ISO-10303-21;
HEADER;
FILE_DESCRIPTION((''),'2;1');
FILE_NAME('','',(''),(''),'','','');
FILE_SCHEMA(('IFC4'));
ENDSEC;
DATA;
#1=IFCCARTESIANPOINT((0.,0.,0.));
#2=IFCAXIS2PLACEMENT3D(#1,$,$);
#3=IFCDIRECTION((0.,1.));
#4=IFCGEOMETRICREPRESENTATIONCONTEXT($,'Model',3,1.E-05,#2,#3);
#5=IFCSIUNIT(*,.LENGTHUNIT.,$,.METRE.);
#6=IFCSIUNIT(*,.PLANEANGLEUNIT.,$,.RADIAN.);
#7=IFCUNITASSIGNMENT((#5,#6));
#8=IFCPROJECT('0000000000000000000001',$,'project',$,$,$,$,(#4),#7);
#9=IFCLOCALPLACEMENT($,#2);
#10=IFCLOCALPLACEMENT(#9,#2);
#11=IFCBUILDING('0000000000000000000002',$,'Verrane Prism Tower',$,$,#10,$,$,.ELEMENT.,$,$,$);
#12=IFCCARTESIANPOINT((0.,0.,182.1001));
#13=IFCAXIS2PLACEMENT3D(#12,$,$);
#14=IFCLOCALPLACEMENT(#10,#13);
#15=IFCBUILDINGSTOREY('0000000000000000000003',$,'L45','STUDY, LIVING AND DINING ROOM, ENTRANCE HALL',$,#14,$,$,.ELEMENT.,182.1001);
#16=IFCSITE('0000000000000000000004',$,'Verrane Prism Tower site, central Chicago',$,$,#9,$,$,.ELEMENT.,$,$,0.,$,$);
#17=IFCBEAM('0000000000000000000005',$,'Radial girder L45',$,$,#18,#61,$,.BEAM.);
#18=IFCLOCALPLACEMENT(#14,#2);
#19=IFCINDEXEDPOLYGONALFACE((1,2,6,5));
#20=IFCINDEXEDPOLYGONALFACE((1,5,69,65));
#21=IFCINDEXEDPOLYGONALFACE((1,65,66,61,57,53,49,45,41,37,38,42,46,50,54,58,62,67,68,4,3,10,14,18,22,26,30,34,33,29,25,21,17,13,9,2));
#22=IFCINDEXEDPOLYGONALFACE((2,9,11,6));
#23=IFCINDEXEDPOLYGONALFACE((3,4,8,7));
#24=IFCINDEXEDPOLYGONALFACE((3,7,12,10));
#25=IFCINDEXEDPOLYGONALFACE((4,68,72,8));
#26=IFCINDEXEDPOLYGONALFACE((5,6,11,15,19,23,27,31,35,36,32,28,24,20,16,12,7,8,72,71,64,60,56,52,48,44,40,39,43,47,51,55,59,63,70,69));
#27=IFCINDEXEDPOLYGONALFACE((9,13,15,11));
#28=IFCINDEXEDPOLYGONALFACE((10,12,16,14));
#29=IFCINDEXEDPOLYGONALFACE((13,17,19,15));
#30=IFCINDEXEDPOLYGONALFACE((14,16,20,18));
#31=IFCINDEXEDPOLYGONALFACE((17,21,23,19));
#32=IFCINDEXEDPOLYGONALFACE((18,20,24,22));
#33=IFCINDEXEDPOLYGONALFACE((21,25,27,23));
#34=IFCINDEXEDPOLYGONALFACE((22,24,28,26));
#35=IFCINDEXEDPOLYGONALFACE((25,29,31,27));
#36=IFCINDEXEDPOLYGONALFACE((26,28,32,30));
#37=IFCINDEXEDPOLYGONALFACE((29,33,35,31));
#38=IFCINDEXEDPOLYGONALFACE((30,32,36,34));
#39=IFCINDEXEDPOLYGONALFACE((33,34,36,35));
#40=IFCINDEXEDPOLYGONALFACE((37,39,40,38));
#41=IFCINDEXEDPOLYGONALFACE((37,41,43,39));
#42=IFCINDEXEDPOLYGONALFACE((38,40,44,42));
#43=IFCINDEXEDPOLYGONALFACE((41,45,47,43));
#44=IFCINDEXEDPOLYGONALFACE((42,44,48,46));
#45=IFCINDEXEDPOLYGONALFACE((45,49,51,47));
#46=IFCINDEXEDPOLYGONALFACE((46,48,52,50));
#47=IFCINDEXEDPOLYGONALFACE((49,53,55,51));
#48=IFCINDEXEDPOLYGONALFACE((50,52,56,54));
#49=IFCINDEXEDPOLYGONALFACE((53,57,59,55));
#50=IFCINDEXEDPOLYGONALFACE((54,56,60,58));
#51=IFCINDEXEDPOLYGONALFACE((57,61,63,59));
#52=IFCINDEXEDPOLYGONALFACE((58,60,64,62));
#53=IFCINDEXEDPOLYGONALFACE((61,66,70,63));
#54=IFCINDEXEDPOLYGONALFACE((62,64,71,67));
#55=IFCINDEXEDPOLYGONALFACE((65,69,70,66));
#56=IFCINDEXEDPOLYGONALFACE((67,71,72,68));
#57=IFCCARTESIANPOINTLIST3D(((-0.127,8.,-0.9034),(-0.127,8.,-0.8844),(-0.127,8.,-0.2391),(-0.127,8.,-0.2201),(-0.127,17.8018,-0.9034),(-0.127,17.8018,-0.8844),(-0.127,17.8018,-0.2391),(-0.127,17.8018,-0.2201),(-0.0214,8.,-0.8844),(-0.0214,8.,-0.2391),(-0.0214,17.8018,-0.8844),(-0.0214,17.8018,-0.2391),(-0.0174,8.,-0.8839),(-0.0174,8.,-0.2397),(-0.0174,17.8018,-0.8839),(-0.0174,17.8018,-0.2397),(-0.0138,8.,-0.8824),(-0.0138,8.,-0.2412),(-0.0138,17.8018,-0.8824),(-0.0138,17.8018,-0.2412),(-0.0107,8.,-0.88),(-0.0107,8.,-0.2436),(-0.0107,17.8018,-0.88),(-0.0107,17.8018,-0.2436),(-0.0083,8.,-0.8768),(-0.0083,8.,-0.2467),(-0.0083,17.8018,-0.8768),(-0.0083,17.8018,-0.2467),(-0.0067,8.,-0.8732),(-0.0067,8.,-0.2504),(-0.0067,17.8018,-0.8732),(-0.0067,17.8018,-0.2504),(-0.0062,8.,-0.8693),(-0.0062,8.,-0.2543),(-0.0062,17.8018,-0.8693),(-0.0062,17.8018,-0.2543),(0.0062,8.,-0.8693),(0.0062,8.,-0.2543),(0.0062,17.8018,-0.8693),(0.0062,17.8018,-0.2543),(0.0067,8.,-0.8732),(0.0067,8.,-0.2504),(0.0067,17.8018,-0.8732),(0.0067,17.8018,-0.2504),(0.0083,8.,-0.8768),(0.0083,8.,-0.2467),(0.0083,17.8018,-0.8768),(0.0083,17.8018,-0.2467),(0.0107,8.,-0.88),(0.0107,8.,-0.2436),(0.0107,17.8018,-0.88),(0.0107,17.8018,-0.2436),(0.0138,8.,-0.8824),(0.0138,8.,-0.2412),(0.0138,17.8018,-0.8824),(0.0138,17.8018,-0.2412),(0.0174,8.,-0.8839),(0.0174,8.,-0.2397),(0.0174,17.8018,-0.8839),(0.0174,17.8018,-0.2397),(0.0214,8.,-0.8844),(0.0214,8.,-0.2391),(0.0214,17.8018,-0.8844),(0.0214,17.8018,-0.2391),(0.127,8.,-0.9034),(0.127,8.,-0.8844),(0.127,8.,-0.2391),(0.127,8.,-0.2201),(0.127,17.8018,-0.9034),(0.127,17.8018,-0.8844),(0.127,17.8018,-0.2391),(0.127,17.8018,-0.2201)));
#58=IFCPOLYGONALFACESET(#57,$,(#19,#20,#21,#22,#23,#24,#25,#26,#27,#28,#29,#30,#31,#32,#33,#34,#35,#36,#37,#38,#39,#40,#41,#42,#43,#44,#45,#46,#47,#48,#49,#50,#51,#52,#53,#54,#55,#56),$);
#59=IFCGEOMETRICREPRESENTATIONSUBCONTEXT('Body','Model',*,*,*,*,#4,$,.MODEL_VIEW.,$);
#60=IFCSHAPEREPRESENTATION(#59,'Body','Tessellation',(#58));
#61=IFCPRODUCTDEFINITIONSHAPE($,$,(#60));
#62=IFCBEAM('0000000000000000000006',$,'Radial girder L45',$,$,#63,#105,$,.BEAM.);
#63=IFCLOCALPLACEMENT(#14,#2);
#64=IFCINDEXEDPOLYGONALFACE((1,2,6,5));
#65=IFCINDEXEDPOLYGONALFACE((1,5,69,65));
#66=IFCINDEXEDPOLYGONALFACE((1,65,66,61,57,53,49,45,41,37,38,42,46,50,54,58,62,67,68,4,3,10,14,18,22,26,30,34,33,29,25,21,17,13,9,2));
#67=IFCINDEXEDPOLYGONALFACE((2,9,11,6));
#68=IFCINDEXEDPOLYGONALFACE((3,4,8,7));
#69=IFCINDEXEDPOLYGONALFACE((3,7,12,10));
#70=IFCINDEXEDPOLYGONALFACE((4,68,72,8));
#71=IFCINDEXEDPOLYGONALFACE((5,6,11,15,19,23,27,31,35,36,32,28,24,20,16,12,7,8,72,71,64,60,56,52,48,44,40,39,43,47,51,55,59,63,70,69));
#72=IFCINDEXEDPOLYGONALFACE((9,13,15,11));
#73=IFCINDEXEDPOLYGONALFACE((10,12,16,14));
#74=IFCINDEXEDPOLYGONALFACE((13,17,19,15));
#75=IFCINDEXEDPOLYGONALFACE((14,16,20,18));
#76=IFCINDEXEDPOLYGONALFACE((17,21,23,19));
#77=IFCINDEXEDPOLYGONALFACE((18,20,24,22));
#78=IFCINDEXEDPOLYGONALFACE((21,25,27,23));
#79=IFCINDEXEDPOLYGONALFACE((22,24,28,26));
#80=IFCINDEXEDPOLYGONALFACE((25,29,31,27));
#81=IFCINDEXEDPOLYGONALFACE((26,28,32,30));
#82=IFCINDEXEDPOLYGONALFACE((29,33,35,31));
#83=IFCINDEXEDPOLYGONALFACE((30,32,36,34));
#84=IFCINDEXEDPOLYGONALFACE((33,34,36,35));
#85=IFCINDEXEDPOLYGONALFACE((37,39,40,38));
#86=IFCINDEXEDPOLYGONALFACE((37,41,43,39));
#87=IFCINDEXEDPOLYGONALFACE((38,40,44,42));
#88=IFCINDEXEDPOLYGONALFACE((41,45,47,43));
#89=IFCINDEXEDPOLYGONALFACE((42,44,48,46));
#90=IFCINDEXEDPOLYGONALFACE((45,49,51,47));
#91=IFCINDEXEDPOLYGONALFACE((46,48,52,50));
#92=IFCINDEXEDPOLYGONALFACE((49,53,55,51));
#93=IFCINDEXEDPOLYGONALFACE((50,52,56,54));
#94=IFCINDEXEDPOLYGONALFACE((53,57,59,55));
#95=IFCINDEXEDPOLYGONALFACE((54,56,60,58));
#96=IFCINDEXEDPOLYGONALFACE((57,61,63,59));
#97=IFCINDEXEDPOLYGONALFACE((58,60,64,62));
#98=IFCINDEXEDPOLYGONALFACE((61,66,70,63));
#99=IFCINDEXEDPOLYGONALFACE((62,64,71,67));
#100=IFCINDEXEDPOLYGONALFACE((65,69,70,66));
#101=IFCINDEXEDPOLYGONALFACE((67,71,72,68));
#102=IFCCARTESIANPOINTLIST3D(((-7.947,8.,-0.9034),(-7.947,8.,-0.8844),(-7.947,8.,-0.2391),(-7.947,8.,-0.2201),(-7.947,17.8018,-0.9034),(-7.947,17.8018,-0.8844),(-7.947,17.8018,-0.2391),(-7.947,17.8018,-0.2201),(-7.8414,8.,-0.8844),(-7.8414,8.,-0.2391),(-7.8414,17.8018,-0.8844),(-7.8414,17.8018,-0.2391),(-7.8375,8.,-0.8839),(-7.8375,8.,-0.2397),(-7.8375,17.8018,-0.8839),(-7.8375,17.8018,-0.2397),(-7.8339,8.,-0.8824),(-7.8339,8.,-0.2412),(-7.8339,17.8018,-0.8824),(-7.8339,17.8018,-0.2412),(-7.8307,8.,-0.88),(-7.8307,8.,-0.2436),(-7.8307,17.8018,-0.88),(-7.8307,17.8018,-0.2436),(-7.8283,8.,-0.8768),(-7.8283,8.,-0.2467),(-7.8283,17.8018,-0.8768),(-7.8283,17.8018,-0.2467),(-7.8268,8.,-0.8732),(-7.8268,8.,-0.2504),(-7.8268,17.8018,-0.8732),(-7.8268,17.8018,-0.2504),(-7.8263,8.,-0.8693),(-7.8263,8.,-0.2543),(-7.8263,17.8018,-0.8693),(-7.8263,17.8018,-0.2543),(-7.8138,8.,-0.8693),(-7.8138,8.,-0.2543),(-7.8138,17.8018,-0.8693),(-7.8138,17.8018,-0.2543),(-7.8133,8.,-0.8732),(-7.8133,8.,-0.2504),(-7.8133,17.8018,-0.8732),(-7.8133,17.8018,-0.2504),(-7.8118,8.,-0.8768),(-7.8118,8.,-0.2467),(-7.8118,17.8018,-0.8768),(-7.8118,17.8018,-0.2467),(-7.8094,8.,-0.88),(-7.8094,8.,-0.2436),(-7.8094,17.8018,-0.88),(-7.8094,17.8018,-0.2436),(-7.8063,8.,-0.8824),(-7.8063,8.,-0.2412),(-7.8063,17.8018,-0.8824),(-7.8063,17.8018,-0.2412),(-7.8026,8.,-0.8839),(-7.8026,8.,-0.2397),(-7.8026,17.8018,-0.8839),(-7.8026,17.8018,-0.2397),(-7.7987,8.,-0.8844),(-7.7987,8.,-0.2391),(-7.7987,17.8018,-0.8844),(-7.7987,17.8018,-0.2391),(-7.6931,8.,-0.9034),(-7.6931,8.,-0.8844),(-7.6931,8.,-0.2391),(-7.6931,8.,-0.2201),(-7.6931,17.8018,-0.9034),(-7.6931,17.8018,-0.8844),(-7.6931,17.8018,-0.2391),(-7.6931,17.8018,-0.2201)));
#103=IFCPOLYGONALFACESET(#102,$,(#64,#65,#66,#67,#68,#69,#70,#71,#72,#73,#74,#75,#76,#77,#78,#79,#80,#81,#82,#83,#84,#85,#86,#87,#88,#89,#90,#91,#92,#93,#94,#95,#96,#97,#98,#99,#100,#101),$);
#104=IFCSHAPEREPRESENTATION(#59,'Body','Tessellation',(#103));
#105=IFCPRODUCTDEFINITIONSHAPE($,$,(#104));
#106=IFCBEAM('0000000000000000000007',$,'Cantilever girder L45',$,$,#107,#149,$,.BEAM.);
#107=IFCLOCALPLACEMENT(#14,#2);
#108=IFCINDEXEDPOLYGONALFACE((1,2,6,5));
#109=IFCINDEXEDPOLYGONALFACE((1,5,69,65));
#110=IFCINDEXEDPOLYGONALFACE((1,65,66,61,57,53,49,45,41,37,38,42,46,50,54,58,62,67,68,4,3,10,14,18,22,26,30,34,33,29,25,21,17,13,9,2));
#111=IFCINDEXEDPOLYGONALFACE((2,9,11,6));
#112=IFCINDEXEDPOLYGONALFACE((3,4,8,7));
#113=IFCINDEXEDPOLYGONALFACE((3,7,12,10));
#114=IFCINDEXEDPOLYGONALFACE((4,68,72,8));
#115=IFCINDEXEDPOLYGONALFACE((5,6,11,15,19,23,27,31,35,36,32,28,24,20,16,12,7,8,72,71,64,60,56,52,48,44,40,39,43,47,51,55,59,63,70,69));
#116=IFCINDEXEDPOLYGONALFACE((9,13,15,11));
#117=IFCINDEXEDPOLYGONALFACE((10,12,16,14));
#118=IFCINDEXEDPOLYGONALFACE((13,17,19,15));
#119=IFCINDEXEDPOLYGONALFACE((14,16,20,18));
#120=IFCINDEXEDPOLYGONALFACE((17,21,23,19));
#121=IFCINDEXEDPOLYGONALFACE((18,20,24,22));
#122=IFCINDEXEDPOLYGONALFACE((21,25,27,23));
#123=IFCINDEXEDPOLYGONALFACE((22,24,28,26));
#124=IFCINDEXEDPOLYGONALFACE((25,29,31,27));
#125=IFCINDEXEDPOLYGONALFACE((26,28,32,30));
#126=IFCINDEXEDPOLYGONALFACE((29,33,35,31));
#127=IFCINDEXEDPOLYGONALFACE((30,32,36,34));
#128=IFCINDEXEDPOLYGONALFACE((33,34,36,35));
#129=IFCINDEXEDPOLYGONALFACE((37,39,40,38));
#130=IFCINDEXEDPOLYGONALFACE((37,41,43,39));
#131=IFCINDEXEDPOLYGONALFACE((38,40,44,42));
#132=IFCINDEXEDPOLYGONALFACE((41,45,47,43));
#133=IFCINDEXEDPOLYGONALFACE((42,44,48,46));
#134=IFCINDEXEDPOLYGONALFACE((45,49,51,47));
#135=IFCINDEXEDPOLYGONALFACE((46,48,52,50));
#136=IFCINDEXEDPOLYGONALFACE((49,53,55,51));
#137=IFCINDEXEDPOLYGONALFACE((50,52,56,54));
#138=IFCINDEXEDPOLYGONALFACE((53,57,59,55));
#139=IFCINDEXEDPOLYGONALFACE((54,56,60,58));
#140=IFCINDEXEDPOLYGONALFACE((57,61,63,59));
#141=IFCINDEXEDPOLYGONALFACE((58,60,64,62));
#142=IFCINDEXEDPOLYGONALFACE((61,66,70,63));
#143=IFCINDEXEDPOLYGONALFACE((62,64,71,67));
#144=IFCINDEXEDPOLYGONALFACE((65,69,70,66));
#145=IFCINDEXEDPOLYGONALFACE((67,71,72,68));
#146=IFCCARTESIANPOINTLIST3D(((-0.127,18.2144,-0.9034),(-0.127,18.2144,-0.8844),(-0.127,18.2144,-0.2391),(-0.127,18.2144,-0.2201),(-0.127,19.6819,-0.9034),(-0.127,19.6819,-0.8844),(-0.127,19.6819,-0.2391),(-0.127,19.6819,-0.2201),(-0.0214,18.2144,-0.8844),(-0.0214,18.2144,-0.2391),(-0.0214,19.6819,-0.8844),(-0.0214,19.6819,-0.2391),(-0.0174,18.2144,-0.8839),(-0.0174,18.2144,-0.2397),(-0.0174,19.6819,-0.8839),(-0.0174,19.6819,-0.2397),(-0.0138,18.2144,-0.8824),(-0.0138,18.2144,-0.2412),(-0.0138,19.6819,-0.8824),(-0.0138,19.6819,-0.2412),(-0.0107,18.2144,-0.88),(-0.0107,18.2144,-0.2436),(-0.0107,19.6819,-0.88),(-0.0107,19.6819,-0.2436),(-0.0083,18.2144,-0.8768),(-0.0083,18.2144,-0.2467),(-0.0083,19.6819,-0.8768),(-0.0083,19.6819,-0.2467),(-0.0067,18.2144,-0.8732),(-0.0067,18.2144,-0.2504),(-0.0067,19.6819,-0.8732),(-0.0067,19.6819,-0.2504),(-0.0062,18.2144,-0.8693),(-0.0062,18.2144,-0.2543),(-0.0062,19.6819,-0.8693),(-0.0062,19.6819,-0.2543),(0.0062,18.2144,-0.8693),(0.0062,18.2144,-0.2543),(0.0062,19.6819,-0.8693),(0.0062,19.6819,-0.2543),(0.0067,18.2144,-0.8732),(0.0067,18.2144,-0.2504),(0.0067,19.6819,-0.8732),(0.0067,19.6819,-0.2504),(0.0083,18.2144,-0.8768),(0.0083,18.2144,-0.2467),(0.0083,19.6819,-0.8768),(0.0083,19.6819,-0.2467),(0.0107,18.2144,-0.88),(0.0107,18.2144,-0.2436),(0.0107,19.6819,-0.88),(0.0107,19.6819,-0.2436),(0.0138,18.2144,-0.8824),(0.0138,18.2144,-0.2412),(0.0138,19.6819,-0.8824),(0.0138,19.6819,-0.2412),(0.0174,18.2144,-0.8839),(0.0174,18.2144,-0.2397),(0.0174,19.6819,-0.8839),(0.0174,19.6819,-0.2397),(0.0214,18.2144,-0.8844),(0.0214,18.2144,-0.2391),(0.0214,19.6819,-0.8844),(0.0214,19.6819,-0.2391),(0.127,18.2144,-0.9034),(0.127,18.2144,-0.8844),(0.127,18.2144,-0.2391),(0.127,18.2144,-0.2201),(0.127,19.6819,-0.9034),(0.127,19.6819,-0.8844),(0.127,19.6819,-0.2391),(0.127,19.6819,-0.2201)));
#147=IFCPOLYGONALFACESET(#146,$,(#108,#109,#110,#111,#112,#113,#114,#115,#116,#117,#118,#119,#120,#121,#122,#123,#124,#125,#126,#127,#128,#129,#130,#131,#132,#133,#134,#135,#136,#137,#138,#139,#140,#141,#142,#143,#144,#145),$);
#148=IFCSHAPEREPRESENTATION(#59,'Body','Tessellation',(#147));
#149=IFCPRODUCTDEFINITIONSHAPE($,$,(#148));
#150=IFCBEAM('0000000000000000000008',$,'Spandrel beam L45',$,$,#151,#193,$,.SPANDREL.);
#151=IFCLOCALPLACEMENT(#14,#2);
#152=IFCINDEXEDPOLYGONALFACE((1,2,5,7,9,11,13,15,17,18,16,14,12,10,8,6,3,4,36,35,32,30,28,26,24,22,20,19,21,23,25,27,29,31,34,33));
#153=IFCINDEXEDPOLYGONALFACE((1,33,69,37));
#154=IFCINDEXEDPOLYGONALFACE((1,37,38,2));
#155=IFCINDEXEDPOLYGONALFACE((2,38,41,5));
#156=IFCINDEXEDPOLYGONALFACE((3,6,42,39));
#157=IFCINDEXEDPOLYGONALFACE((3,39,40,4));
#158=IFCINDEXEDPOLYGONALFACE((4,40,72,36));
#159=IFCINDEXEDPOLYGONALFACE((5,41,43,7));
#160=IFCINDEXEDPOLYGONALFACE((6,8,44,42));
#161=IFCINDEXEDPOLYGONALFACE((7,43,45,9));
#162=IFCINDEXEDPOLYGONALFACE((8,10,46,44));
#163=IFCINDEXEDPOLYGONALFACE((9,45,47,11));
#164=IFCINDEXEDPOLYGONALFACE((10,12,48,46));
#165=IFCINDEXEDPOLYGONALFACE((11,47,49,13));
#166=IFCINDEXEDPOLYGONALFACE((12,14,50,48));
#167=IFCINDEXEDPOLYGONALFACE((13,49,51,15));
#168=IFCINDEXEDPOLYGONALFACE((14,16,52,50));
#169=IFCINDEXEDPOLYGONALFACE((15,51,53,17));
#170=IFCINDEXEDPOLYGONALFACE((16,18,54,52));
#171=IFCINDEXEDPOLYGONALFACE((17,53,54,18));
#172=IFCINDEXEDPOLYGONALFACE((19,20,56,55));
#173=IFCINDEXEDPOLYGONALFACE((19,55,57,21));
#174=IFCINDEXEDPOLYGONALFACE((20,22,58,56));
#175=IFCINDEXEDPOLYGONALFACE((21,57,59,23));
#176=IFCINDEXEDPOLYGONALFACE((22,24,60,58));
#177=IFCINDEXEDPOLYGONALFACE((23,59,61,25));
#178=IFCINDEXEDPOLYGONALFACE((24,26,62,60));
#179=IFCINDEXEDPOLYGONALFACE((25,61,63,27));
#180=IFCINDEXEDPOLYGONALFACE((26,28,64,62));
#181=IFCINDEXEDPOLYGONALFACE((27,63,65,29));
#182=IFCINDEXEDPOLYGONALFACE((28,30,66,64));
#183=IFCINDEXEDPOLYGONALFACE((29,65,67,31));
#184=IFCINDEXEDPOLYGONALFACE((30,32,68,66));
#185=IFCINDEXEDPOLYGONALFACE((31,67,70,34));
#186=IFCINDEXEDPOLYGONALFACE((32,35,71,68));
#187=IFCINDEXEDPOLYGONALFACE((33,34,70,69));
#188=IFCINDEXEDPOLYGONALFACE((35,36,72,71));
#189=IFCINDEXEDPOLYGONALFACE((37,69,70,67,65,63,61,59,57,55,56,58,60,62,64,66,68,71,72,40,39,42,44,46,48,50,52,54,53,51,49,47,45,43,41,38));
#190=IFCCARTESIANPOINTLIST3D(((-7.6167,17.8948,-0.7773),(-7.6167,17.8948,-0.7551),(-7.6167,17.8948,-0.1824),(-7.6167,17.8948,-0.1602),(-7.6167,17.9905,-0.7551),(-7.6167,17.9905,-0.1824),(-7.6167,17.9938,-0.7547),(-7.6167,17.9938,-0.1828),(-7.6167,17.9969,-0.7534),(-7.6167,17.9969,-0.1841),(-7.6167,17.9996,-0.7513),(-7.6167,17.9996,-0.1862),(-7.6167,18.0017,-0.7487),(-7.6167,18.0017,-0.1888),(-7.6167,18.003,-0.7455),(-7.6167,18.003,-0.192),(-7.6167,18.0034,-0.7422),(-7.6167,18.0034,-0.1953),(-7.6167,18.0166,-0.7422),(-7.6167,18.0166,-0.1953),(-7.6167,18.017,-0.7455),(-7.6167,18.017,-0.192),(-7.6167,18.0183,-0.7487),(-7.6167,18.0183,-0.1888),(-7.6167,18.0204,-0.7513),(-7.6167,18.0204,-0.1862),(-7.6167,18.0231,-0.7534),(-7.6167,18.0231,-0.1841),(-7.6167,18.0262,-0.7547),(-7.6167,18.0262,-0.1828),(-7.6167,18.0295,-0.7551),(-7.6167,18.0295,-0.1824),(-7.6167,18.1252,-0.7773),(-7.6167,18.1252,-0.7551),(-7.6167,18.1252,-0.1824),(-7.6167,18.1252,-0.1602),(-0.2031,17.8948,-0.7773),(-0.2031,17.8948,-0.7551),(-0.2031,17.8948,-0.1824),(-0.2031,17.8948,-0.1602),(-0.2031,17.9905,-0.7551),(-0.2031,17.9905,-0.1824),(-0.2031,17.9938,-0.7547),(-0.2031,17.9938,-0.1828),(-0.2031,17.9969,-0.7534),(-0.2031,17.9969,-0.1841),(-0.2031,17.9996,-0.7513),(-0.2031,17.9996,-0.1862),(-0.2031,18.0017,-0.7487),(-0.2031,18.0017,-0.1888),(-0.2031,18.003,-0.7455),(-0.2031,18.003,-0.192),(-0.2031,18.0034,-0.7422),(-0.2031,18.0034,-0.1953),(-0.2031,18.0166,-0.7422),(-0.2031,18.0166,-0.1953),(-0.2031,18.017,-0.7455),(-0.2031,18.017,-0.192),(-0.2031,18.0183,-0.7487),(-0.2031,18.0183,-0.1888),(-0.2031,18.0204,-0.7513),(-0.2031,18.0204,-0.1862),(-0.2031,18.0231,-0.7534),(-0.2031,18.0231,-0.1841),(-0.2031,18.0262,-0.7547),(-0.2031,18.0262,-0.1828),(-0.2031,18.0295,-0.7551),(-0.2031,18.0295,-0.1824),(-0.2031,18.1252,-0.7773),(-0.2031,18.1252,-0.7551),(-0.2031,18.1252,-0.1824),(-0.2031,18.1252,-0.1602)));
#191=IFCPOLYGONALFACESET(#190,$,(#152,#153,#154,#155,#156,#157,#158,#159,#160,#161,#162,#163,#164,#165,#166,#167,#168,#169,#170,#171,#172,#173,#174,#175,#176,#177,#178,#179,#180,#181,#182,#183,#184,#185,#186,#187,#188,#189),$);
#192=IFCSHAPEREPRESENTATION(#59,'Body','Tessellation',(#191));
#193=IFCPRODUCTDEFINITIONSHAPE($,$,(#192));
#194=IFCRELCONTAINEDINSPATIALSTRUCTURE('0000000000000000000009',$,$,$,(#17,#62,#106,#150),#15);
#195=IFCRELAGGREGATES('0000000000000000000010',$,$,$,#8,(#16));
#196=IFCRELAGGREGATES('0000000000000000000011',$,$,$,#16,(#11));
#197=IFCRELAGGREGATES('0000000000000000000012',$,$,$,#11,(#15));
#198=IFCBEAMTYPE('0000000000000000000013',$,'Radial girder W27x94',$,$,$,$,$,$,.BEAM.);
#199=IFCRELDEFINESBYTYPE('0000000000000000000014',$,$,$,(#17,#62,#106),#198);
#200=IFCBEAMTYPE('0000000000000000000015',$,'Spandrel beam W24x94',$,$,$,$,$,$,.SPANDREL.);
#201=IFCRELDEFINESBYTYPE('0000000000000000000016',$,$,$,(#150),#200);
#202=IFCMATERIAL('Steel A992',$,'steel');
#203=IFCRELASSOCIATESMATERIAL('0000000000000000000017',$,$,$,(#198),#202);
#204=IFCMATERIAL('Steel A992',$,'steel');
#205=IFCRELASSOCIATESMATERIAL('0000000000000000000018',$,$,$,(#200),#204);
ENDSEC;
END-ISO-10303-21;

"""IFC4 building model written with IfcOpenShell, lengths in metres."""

from ifc_helpers import new_model, si_unit, direction, frame, origin, origin_2d, place, context, subcontext, project, spatial, i_section, extrude, material, material_profile, profile_set, type_object, element, save


model = new_model("IFC4")

# Units and contexts
model_context = context("Model", 3, precision=1e-05, world=origin(), true_north=direction((0.0, 1.0)))
body_context = subcontext(model_context, "Body", "Model", "MODEL_VIEW")
ifc_project = project(units=[si_unit("LENGTHUNIT", "METRE"), si_unit("PLANEANGLEUNIT", "RADIAN")], contexts=[model_context])

# Site, building, storey
site_placement = place(None, origin())
site = spatial("IfcSite", under=ifc_project, at=site_placement, Name="Verrane Prism Tower site, central Chicago", CompositionType="ELEMENT", RefElevation=0.0)
building_placement = place(site_placement, origin())
building = spatial("IfcBuilding", under=site, at=building_placement, Name="Verrane Prism Tower", CompositionType="ELEMENT")
storey_placement = place(building_placement, frame((0.0, 0.0, 182.1001)))
storey = spatial("IfcBuildingStorey", under=building, at=storey_placement, Name="L45", Description="STUDY, LIVING AND DINING ROOM, ENTRANCE HALL", CompositionType="ELEMENT", Elevation=182.1001)

# Beams
ifc_material_1 = material(Name="Steel A992", Category="steel")
ifc_material_profile_1 = material_profile(ifc_material_1, i_section(OverallWidth=0.2539, OverallDepth=0.6833, WebThickness=0.0125, FlangeThickness=0.019, FilletRadius=0.0151, at=origin_2d()), Name="W27x94")
ifc_profile_set_1 = profile_set([ifc_material_profile_1], Name="Steel A992")
beam_type_1 = type_object("IfcBeamType", Name="Radial girder W27x94", PredefinedType="BEAM", material=ifc_profile_set_1)
for number, where, z_axis, x_axis, name in (
    (1, (0.0, 17.8018, -0.5618), (0.0, -1.0, 0.0), (1.0, 0.0, 0.0), "Radial girder L45"),
    (2, (-7.8201, 17.8018, -0.5618), (0.0, -1.0, 0.0), (1.0, 0.0, 0.0), "Radial girder L45"),
):
    element("IfcBeam", number, at=place(storey_placement, frame(where, z_axis=z_axis, x_axis=x_axis)), inside=storey, type_object=beam_type_1, Name=name, PredefinedType="BEAM", context=body_context, shape_type="SweptSolid", body=[
        extrude(i_section(OverallWidth=0.2539, OverallDepth=0.6833, WebThickness=0.0125, FlangeThickness=0.019, FilletRadius=0.0151, at=origin_2d()), origin(), (0.0, 0.0, 1.0), 9.8018),
    ])
beam_1_placement = place(storey_placement, frame((0.0, 18.2144, -0.5618), z_axis=(0.0, 1.0, 0.0), x_axis=(-1.0, 0.0, 0.0)))
element("IfcBeam", 3, at=beam_1_placement, inside=storey, type_object=beam_type_1, Name="Cantilever girder L45", PredefinedType="BEAM", context=body_context, shape_type="SweptSolid", body=[
    extrude(i_section(OverallWidth=0.2539, OverallDepth=0.6833, WebThickness=0.0125, FlangeThickness=0.019, FilletRadius=0.0151, at=origin_2d()), origin(), (0.0, 0.0, 1.0), 1.4675),
])
ifc_material_2 = material(Name="Steel A992", Category="steel")
ifc_material_profile_2 = material_profile(ifc_material_2, i_section(OverallWidth=0.2305, OverallDepth=0.6172, WebThickness=0.0132, FlangeThickness=0.0222, FilletRadius=0.0129, at=origin_2d()), Name="W24x94")
ifc_profile_set_2 = profile_set([ifc_material_profile_2], Name="Steel A992")
beam_type_2 = type_object("IfcBeamType", Name="Spandrel beam W24x94", PredefinedType="SPANDREL", material=ifc_profile_set_2)
beam_2_placement = place(storey_placement, frame((-0.2031, 18.01, -0.4688), z_axis=(-1.0, 0.0, 0.0), x_axis=(0.0, -1.0, 0.0)))
element("IfcBeam", 4, at=beam_2_placement, inside=storey, type_object=beam_type_2, Name="Spandrel beam L45", PredefinedType="SPANDREL", context=body_context, shape_type="SweptSolid", body=[
    extrude(i_section(OverallWidth=0.2305, OverallDepth=0.6172, WebThickness=0.0132, FlangeThickness=0.0222, FilletRadius=0.0129, at=origin_2d()), origin(), (0.0, 0.0, 1.0), 7.4136),
])

save(model, "model.ifc")
